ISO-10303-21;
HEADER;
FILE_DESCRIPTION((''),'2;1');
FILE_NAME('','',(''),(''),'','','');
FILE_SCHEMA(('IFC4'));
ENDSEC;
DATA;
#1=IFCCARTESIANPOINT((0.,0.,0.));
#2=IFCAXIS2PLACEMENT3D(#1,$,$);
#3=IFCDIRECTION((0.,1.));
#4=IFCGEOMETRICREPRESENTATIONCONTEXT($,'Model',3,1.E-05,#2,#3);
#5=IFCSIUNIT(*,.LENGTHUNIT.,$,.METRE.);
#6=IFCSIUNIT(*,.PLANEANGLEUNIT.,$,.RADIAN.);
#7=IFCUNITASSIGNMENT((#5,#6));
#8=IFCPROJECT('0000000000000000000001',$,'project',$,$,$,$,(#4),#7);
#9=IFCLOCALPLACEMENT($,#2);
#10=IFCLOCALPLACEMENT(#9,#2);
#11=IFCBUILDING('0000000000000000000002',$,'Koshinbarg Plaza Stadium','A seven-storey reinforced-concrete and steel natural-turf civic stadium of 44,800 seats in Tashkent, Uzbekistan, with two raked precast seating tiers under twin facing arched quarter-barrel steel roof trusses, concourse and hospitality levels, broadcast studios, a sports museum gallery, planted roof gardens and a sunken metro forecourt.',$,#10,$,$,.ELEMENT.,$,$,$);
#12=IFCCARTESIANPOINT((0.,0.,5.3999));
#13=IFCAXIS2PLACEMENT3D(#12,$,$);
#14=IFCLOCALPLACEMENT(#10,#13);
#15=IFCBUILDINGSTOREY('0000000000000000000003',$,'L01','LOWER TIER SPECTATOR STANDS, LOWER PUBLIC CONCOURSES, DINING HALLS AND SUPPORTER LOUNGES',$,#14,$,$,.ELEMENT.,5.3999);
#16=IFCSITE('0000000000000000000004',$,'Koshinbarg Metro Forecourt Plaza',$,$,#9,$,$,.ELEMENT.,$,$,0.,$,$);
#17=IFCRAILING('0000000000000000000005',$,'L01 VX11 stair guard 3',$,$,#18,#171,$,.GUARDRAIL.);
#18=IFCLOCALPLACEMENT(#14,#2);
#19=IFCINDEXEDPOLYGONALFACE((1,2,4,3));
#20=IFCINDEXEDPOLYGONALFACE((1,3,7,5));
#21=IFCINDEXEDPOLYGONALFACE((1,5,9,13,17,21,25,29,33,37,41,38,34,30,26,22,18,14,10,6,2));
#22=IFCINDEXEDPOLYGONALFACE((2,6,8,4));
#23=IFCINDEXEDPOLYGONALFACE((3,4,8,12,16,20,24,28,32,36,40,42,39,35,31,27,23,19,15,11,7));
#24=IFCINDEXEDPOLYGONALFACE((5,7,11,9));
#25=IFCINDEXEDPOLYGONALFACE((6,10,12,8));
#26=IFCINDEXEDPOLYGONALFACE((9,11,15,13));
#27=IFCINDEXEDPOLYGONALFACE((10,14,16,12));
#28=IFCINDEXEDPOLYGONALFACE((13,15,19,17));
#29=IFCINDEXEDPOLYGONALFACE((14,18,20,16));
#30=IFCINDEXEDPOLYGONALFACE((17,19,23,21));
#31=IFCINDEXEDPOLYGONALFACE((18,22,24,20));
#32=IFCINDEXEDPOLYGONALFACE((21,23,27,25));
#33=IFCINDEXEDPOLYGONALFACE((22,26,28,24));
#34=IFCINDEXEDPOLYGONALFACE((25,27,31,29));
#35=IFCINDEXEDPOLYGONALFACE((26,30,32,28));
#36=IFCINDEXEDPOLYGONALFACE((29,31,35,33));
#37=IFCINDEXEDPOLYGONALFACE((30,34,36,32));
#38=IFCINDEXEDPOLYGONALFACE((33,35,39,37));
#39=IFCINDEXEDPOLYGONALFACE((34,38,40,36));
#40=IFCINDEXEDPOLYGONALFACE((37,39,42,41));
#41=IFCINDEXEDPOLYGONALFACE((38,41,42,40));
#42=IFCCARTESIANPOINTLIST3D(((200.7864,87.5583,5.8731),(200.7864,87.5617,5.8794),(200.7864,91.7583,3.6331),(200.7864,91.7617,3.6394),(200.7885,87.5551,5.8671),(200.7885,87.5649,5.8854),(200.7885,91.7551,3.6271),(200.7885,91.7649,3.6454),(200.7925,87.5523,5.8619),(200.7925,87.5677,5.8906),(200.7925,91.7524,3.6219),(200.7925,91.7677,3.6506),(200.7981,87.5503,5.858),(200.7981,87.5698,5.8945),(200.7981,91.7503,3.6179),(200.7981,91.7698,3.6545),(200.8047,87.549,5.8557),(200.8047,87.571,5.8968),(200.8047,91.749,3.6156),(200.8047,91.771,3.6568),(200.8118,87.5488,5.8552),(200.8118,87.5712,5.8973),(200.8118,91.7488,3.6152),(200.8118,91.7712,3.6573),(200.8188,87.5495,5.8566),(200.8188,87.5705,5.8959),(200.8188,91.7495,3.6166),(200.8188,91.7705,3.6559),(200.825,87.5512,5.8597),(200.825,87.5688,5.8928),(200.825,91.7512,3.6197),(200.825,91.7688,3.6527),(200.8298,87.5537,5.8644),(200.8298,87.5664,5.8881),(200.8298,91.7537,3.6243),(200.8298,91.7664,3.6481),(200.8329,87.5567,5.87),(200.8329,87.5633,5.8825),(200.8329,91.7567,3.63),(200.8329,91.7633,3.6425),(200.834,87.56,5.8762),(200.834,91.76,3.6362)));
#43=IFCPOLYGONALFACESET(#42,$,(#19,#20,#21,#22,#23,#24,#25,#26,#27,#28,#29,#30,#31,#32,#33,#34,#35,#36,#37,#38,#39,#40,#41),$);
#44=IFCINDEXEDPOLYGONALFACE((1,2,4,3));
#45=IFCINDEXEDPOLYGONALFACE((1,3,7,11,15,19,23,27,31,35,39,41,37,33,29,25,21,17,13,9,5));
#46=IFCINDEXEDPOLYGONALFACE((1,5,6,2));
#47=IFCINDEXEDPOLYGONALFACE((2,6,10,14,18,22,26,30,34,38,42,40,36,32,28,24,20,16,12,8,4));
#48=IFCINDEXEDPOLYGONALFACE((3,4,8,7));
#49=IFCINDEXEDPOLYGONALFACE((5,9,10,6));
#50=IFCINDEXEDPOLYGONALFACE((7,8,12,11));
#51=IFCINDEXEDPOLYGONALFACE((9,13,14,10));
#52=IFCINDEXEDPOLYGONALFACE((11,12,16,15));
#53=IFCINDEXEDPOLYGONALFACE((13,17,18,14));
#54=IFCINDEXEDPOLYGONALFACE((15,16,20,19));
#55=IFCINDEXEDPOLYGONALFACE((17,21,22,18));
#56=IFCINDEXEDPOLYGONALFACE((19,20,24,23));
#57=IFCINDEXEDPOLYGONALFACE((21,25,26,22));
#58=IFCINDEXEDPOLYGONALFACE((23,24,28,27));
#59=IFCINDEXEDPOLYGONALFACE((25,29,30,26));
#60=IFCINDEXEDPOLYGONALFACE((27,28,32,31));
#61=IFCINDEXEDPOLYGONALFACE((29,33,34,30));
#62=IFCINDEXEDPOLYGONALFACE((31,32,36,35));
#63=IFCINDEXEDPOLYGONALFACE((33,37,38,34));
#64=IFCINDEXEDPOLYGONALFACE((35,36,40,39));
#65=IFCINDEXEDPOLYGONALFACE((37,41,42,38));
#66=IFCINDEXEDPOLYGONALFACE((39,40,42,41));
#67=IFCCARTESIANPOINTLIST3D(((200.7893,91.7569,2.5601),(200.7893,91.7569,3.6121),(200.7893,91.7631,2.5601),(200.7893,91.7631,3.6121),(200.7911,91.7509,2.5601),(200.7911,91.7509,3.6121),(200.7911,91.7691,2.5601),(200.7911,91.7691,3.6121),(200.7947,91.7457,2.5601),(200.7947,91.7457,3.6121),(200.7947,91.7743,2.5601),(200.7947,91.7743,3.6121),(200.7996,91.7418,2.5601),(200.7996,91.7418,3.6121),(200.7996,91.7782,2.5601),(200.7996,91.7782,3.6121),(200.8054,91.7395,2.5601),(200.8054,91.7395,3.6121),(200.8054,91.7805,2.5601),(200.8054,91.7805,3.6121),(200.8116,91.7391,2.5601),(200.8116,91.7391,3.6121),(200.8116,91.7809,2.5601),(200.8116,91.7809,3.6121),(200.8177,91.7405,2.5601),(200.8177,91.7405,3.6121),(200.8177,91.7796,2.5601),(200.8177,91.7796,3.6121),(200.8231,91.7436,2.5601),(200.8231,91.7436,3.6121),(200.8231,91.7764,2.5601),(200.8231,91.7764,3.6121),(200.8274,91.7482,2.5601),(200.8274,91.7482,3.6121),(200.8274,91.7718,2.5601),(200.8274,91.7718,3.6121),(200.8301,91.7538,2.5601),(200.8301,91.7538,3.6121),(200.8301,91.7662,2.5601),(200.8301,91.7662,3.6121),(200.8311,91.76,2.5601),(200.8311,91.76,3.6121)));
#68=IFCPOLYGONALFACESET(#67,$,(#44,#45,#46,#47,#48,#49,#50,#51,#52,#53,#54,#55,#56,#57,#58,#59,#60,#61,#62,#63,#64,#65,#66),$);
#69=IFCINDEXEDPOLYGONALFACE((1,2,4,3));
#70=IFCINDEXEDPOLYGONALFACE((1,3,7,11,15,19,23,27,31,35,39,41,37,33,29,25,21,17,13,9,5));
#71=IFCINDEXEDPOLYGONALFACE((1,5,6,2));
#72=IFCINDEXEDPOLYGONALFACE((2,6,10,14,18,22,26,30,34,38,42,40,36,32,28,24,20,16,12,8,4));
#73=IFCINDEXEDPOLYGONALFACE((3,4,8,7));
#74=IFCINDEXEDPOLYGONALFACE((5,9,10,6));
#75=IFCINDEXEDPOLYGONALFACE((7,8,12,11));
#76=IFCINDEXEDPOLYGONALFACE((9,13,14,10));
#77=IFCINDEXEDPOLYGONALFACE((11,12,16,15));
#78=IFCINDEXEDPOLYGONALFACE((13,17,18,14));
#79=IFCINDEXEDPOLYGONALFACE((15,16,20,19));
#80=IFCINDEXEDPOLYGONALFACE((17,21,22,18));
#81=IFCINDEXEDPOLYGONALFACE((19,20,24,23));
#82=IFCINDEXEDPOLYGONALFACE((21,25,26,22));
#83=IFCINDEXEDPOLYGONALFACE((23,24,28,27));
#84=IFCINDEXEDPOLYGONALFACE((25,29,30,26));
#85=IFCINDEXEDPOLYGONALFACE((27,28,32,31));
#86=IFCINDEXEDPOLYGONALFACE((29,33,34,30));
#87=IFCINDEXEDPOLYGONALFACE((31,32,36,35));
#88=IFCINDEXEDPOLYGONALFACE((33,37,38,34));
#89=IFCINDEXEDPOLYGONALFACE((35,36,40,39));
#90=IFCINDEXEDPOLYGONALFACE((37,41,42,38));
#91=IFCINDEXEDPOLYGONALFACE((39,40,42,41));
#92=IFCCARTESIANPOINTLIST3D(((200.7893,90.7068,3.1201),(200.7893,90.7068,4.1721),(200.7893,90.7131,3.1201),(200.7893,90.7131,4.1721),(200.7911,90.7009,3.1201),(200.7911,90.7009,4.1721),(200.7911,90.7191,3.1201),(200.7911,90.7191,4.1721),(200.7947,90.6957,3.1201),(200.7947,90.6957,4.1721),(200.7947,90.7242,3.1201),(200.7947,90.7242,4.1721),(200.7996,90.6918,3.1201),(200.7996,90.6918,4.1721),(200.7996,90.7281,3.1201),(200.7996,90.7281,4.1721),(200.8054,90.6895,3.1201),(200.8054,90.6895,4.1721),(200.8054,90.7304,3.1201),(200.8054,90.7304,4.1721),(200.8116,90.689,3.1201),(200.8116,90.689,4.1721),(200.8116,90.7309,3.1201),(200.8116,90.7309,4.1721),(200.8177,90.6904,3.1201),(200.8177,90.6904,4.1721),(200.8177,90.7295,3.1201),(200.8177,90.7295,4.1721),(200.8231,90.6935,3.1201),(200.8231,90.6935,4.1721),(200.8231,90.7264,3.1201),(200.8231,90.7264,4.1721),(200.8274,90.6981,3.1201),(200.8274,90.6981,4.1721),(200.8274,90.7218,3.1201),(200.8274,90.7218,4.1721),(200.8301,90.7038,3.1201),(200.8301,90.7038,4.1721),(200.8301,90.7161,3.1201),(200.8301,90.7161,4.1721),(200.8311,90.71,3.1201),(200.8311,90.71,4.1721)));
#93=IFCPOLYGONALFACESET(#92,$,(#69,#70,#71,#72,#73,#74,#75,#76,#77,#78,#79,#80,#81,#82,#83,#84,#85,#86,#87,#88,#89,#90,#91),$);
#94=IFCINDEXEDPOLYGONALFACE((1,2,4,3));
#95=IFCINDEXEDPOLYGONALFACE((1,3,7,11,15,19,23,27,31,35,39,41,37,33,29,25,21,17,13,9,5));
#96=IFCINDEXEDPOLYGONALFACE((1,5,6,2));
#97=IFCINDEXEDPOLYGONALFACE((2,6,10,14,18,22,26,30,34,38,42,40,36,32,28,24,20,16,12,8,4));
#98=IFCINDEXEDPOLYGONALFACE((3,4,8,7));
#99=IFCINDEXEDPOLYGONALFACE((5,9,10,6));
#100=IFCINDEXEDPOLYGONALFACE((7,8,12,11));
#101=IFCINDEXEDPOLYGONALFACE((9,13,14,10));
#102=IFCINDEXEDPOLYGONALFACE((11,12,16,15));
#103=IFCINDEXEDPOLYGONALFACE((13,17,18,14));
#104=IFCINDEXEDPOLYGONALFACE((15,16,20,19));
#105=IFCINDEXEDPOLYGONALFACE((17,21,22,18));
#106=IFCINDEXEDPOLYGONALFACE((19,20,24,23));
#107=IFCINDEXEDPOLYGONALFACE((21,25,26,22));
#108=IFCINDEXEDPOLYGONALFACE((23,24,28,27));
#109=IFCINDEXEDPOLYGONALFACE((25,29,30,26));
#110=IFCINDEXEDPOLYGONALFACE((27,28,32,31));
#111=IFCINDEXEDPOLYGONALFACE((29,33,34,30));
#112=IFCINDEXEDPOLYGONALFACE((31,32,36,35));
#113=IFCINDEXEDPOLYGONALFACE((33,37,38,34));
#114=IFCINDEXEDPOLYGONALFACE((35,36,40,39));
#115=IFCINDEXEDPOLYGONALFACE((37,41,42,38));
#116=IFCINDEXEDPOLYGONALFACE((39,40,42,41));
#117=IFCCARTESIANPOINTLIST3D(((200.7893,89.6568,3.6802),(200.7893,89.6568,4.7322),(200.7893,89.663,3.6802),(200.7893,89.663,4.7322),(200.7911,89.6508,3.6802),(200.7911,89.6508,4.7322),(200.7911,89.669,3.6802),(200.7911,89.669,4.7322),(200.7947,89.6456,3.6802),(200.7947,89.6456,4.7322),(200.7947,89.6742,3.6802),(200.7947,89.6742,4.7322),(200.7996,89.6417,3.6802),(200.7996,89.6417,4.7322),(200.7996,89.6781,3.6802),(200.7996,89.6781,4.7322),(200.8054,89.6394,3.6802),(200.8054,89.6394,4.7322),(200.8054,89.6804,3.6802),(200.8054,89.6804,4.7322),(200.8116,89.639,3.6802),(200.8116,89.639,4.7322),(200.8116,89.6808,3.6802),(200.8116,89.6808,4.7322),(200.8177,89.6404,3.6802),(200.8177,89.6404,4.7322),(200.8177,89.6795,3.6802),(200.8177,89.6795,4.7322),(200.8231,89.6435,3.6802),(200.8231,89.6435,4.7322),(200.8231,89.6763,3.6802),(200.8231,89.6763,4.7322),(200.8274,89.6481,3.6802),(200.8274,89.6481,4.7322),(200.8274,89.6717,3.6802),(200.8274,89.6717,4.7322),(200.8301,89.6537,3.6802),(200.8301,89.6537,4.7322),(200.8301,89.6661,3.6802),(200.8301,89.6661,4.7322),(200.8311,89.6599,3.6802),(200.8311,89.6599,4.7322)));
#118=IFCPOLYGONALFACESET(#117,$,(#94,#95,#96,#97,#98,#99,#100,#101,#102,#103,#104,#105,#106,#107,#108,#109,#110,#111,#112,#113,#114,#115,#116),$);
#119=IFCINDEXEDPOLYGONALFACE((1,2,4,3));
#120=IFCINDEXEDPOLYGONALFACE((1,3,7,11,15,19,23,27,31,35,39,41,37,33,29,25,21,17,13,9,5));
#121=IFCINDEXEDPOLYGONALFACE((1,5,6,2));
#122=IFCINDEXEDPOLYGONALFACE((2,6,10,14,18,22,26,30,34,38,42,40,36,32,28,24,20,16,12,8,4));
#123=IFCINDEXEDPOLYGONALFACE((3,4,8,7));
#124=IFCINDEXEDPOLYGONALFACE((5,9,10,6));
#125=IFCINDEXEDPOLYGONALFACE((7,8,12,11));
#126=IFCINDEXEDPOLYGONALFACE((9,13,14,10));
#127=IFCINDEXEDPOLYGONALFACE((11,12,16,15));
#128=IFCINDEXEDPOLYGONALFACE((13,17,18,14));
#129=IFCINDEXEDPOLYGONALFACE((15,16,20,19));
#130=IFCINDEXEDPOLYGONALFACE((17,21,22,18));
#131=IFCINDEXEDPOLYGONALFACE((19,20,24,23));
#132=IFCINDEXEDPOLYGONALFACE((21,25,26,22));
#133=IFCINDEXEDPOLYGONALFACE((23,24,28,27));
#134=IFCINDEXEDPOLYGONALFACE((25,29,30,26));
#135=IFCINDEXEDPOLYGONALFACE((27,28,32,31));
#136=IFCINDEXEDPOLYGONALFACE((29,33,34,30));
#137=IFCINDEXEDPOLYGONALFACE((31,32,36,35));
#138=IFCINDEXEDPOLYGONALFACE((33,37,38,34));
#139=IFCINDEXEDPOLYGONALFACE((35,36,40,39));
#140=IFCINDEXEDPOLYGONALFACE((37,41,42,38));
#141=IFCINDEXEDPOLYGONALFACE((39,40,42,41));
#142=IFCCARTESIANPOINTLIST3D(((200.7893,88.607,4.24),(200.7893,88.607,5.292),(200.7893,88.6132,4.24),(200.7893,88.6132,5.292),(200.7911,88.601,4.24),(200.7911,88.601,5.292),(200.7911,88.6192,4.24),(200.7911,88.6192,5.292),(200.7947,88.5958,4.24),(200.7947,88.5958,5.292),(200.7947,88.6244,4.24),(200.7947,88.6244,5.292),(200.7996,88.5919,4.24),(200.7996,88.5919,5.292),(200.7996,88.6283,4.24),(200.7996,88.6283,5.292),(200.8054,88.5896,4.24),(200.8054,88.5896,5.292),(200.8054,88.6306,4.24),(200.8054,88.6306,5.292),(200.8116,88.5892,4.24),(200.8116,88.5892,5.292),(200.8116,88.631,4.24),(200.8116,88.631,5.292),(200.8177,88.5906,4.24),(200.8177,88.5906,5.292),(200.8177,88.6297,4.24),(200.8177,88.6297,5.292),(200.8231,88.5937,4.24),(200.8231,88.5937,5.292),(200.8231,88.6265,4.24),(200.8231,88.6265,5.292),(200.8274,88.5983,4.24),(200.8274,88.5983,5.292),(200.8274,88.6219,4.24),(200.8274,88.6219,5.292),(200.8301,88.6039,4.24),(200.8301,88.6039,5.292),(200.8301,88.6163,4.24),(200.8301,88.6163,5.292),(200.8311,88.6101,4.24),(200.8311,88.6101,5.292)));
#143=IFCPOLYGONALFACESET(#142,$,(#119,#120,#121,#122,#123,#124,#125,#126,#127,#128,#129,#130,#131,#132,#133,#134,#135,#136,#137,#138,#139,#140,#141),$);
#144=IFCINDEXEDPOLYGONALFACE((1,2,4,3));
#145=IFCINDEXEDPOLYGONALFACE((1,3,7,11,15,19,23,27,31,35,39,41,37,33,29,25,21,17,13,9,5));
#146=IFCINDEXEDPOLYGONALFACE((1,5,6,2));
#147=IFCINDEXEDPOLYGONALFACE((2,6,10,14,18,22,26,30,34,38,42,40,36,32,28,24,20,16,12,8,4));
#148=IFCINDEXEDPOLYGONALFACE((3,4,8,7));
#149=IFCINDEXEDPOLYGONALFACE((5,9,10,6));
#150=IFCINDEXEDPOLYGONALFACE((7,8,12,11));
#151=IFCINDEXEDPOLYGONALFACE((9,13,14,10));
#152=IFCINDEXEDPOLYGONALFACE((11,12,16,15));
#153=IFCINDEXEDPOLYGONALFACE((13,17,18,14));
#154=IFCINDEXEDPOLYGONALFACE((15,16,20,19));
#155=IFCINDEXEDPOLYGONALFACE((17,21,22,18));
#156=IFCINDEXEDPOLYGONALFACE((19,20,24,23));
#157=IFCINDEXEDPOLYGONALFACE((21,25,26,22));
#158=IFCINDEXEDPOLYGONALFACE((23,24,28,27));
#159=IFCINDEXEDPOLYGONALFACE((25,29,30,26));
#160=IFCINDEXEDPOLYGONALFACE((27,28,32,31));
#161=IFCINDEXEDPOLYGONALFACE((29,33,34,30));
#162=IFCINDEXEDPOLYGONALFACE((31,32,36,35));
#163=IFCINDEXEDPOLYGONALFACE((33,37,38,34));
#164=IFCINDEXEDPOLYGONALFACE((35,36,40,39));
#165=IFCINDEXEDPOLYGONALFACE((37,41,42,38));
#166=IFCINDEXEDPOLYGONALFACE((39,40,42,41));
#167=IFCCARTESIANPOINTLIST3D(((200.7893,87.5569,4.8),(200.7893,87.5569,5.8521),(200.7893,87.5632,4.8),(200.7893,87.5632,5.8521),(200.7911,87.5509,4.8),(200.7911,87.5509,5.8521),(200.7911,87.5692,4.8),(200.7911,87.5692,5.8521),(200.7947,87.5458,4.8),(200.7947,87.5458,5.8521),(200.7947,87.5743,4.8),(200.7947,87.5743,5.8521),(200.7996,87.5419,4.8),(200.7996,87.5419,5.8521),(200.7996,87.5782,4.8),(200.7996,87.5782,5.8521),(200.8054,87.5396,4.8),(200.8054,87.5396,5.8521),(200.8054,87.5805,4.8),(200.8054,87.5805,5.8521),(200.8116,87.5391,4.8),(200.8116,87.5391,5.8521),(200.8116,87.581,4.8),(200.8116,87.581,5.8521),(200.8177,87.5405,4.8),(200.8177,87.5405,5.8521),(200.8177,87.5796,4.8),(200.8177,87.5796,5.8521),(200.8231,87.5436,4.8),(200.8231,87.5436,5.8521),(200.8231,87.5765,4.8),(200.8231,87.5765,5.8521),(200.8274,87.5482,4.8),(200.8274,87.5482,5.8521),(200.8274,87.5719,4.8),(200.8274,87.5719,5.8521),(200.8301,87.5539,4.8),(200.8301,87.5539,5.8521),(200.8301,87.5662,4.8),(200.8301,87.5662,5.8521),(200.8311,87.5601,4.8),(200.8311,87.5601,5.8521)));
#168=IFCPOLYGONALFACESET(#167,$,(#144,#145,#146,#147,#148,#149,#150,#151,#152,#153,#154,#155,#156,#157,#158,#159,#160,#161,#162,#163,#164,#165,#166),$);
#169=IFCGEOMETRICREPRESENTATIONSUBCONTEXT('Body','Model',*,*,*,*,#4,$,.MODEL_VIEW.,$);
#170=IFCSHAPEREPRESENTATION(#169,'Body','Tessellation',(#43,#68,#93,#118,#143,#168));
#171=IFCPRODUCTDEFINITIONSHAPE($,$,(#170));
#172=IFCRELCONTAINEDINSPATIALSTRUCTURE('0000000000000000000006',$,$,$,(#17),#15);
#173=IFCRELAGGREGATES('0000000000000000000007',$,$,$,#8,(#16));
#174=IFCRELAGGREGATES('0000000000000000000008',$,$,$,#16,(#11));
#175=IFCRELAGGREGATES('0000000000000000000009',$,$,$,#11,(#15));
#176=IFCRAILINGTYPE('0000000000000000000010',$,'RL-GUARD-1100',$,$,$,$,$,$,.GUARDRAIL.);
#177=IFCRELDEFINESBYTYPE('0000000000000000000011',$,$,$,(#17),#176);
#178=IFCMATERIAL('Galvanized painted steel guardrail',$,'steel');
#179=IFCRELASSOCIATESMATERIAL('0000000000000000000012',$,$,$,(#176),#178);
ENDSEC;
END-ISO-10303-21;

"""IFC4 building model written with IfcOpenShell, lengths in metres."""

from ifc_helpers import new_model, si_unit, direction, frame, origin, origin_2d, place, context, subcontext, project, spatial, circle, extrude, material, type_object, element, save


model = new_model("IFC4")

# Units and contexts
model_context = context("Model", 3, precision=1e-05, world=origin(), true_north=direction((0.0, 1.0)))
body_context = subcontext(model_context, "Body", "Model", "MODEL_VIEW")
ifc_project = project(units=[si_unit("LENGTHUNIT", "METRE"), si_unit("PLANEANGLEUNIT", "RADIAN")], contexts=[model_context])

# Site, building, storey
site_placement = place(None, origin())
site = spatial("IfcSite", under=ifc_project, at=site_placement, Name="Koshinbarg Metro Forecourt Plaza", CompositionType="ELEMENT", RefElevation=0.0)
building_placement = place(site_placement, origin())
building = spatial("IfcBuilding", under=site, at=building_placement, Name="Koshinbarg Plaza Stadium", Description="A seven-storey reinforced-concrete and steel natural-turf civic stadium of 44,800 seats in Tashkent, Uzbekistan, with two raked precast seating tiers under twin facing arched quarter-barrel steel roof trusses, concourse and hospitality levels, broadcast studios, a sports museum gallery, planted roof gardens and a sunken metro forecourt.", CompositionType="ELEMENT")
storey_placement = place(building_placement, frame((0.0, 0.0, 5.3999)))
storey = spatial("IfcBuildingStorey", under=building, at=storey_placement, Name="L01", Description="LOWER TIER SPECTATOR STANDS, LOWER PUBLIC CONCOURSES, DINING HALLS AND SUPPORTER LOUNGES", CompositionType="ELEMENT", Elevation=5.3999)

# Railing
ifc_material_1 = material(Name="Galvanized painted steel guardrail", Category="steel")
railing_type_1 = type_object("IfcRailingType", Name="RL-GUARD-1100", PredefinedType="GUARDRAIL", material=ifc_material_1)
railing_1_placement = place(storey_placement, frame((200.8101, 91.76, 2.5601)))
element("IfcRailing", 1, at=railing_1_placement, inside=storey, type_object=railing_type_1, Name="L01 VX11 stair guard 3", PredefinedType="GUARDRAIL", context=body_context, shape_type="SweptSolid", body=[
    extrude(circle(Radius=0.0239, at=origin_2d()), frame((0.0, 0.0, 1.0762), z_axis=(0.0, -0.882352, 0.470591), x_axis=(1.0, 0.0, 0.0)), (0.0, 0.0, 1.0), 4.76),
    extrude(circle(Radius=0.021, at=origin_2d()), origin(), (0.0, 0.0, 1.0), 1.052),
    extrude(circle(Radius=0.021, at=origin_2d()), frame((0.0, -1.05, 0.5601)), (0.0, 0.0, 1.0), 1.052),
    extrude(circle(Radius=0.021, at=origin_2d()), frame((0.0, -2.1001, 1.1201)), (0.0, 0.0, 1.0), 1.052),
    extrude(circle(Radius=0.021, at=origin_2d()), frame((0.0, -3.1499, 1.6799)), (0.0, 0.0, 1.0), 1.052),
    extrude(circle(Radius=0.021, at=origin_2d()), frame((0.0, -4.2, 2.24)), (0.0, 0.0, 1.0), 1.052),
])

save(model, "model.ifc")
